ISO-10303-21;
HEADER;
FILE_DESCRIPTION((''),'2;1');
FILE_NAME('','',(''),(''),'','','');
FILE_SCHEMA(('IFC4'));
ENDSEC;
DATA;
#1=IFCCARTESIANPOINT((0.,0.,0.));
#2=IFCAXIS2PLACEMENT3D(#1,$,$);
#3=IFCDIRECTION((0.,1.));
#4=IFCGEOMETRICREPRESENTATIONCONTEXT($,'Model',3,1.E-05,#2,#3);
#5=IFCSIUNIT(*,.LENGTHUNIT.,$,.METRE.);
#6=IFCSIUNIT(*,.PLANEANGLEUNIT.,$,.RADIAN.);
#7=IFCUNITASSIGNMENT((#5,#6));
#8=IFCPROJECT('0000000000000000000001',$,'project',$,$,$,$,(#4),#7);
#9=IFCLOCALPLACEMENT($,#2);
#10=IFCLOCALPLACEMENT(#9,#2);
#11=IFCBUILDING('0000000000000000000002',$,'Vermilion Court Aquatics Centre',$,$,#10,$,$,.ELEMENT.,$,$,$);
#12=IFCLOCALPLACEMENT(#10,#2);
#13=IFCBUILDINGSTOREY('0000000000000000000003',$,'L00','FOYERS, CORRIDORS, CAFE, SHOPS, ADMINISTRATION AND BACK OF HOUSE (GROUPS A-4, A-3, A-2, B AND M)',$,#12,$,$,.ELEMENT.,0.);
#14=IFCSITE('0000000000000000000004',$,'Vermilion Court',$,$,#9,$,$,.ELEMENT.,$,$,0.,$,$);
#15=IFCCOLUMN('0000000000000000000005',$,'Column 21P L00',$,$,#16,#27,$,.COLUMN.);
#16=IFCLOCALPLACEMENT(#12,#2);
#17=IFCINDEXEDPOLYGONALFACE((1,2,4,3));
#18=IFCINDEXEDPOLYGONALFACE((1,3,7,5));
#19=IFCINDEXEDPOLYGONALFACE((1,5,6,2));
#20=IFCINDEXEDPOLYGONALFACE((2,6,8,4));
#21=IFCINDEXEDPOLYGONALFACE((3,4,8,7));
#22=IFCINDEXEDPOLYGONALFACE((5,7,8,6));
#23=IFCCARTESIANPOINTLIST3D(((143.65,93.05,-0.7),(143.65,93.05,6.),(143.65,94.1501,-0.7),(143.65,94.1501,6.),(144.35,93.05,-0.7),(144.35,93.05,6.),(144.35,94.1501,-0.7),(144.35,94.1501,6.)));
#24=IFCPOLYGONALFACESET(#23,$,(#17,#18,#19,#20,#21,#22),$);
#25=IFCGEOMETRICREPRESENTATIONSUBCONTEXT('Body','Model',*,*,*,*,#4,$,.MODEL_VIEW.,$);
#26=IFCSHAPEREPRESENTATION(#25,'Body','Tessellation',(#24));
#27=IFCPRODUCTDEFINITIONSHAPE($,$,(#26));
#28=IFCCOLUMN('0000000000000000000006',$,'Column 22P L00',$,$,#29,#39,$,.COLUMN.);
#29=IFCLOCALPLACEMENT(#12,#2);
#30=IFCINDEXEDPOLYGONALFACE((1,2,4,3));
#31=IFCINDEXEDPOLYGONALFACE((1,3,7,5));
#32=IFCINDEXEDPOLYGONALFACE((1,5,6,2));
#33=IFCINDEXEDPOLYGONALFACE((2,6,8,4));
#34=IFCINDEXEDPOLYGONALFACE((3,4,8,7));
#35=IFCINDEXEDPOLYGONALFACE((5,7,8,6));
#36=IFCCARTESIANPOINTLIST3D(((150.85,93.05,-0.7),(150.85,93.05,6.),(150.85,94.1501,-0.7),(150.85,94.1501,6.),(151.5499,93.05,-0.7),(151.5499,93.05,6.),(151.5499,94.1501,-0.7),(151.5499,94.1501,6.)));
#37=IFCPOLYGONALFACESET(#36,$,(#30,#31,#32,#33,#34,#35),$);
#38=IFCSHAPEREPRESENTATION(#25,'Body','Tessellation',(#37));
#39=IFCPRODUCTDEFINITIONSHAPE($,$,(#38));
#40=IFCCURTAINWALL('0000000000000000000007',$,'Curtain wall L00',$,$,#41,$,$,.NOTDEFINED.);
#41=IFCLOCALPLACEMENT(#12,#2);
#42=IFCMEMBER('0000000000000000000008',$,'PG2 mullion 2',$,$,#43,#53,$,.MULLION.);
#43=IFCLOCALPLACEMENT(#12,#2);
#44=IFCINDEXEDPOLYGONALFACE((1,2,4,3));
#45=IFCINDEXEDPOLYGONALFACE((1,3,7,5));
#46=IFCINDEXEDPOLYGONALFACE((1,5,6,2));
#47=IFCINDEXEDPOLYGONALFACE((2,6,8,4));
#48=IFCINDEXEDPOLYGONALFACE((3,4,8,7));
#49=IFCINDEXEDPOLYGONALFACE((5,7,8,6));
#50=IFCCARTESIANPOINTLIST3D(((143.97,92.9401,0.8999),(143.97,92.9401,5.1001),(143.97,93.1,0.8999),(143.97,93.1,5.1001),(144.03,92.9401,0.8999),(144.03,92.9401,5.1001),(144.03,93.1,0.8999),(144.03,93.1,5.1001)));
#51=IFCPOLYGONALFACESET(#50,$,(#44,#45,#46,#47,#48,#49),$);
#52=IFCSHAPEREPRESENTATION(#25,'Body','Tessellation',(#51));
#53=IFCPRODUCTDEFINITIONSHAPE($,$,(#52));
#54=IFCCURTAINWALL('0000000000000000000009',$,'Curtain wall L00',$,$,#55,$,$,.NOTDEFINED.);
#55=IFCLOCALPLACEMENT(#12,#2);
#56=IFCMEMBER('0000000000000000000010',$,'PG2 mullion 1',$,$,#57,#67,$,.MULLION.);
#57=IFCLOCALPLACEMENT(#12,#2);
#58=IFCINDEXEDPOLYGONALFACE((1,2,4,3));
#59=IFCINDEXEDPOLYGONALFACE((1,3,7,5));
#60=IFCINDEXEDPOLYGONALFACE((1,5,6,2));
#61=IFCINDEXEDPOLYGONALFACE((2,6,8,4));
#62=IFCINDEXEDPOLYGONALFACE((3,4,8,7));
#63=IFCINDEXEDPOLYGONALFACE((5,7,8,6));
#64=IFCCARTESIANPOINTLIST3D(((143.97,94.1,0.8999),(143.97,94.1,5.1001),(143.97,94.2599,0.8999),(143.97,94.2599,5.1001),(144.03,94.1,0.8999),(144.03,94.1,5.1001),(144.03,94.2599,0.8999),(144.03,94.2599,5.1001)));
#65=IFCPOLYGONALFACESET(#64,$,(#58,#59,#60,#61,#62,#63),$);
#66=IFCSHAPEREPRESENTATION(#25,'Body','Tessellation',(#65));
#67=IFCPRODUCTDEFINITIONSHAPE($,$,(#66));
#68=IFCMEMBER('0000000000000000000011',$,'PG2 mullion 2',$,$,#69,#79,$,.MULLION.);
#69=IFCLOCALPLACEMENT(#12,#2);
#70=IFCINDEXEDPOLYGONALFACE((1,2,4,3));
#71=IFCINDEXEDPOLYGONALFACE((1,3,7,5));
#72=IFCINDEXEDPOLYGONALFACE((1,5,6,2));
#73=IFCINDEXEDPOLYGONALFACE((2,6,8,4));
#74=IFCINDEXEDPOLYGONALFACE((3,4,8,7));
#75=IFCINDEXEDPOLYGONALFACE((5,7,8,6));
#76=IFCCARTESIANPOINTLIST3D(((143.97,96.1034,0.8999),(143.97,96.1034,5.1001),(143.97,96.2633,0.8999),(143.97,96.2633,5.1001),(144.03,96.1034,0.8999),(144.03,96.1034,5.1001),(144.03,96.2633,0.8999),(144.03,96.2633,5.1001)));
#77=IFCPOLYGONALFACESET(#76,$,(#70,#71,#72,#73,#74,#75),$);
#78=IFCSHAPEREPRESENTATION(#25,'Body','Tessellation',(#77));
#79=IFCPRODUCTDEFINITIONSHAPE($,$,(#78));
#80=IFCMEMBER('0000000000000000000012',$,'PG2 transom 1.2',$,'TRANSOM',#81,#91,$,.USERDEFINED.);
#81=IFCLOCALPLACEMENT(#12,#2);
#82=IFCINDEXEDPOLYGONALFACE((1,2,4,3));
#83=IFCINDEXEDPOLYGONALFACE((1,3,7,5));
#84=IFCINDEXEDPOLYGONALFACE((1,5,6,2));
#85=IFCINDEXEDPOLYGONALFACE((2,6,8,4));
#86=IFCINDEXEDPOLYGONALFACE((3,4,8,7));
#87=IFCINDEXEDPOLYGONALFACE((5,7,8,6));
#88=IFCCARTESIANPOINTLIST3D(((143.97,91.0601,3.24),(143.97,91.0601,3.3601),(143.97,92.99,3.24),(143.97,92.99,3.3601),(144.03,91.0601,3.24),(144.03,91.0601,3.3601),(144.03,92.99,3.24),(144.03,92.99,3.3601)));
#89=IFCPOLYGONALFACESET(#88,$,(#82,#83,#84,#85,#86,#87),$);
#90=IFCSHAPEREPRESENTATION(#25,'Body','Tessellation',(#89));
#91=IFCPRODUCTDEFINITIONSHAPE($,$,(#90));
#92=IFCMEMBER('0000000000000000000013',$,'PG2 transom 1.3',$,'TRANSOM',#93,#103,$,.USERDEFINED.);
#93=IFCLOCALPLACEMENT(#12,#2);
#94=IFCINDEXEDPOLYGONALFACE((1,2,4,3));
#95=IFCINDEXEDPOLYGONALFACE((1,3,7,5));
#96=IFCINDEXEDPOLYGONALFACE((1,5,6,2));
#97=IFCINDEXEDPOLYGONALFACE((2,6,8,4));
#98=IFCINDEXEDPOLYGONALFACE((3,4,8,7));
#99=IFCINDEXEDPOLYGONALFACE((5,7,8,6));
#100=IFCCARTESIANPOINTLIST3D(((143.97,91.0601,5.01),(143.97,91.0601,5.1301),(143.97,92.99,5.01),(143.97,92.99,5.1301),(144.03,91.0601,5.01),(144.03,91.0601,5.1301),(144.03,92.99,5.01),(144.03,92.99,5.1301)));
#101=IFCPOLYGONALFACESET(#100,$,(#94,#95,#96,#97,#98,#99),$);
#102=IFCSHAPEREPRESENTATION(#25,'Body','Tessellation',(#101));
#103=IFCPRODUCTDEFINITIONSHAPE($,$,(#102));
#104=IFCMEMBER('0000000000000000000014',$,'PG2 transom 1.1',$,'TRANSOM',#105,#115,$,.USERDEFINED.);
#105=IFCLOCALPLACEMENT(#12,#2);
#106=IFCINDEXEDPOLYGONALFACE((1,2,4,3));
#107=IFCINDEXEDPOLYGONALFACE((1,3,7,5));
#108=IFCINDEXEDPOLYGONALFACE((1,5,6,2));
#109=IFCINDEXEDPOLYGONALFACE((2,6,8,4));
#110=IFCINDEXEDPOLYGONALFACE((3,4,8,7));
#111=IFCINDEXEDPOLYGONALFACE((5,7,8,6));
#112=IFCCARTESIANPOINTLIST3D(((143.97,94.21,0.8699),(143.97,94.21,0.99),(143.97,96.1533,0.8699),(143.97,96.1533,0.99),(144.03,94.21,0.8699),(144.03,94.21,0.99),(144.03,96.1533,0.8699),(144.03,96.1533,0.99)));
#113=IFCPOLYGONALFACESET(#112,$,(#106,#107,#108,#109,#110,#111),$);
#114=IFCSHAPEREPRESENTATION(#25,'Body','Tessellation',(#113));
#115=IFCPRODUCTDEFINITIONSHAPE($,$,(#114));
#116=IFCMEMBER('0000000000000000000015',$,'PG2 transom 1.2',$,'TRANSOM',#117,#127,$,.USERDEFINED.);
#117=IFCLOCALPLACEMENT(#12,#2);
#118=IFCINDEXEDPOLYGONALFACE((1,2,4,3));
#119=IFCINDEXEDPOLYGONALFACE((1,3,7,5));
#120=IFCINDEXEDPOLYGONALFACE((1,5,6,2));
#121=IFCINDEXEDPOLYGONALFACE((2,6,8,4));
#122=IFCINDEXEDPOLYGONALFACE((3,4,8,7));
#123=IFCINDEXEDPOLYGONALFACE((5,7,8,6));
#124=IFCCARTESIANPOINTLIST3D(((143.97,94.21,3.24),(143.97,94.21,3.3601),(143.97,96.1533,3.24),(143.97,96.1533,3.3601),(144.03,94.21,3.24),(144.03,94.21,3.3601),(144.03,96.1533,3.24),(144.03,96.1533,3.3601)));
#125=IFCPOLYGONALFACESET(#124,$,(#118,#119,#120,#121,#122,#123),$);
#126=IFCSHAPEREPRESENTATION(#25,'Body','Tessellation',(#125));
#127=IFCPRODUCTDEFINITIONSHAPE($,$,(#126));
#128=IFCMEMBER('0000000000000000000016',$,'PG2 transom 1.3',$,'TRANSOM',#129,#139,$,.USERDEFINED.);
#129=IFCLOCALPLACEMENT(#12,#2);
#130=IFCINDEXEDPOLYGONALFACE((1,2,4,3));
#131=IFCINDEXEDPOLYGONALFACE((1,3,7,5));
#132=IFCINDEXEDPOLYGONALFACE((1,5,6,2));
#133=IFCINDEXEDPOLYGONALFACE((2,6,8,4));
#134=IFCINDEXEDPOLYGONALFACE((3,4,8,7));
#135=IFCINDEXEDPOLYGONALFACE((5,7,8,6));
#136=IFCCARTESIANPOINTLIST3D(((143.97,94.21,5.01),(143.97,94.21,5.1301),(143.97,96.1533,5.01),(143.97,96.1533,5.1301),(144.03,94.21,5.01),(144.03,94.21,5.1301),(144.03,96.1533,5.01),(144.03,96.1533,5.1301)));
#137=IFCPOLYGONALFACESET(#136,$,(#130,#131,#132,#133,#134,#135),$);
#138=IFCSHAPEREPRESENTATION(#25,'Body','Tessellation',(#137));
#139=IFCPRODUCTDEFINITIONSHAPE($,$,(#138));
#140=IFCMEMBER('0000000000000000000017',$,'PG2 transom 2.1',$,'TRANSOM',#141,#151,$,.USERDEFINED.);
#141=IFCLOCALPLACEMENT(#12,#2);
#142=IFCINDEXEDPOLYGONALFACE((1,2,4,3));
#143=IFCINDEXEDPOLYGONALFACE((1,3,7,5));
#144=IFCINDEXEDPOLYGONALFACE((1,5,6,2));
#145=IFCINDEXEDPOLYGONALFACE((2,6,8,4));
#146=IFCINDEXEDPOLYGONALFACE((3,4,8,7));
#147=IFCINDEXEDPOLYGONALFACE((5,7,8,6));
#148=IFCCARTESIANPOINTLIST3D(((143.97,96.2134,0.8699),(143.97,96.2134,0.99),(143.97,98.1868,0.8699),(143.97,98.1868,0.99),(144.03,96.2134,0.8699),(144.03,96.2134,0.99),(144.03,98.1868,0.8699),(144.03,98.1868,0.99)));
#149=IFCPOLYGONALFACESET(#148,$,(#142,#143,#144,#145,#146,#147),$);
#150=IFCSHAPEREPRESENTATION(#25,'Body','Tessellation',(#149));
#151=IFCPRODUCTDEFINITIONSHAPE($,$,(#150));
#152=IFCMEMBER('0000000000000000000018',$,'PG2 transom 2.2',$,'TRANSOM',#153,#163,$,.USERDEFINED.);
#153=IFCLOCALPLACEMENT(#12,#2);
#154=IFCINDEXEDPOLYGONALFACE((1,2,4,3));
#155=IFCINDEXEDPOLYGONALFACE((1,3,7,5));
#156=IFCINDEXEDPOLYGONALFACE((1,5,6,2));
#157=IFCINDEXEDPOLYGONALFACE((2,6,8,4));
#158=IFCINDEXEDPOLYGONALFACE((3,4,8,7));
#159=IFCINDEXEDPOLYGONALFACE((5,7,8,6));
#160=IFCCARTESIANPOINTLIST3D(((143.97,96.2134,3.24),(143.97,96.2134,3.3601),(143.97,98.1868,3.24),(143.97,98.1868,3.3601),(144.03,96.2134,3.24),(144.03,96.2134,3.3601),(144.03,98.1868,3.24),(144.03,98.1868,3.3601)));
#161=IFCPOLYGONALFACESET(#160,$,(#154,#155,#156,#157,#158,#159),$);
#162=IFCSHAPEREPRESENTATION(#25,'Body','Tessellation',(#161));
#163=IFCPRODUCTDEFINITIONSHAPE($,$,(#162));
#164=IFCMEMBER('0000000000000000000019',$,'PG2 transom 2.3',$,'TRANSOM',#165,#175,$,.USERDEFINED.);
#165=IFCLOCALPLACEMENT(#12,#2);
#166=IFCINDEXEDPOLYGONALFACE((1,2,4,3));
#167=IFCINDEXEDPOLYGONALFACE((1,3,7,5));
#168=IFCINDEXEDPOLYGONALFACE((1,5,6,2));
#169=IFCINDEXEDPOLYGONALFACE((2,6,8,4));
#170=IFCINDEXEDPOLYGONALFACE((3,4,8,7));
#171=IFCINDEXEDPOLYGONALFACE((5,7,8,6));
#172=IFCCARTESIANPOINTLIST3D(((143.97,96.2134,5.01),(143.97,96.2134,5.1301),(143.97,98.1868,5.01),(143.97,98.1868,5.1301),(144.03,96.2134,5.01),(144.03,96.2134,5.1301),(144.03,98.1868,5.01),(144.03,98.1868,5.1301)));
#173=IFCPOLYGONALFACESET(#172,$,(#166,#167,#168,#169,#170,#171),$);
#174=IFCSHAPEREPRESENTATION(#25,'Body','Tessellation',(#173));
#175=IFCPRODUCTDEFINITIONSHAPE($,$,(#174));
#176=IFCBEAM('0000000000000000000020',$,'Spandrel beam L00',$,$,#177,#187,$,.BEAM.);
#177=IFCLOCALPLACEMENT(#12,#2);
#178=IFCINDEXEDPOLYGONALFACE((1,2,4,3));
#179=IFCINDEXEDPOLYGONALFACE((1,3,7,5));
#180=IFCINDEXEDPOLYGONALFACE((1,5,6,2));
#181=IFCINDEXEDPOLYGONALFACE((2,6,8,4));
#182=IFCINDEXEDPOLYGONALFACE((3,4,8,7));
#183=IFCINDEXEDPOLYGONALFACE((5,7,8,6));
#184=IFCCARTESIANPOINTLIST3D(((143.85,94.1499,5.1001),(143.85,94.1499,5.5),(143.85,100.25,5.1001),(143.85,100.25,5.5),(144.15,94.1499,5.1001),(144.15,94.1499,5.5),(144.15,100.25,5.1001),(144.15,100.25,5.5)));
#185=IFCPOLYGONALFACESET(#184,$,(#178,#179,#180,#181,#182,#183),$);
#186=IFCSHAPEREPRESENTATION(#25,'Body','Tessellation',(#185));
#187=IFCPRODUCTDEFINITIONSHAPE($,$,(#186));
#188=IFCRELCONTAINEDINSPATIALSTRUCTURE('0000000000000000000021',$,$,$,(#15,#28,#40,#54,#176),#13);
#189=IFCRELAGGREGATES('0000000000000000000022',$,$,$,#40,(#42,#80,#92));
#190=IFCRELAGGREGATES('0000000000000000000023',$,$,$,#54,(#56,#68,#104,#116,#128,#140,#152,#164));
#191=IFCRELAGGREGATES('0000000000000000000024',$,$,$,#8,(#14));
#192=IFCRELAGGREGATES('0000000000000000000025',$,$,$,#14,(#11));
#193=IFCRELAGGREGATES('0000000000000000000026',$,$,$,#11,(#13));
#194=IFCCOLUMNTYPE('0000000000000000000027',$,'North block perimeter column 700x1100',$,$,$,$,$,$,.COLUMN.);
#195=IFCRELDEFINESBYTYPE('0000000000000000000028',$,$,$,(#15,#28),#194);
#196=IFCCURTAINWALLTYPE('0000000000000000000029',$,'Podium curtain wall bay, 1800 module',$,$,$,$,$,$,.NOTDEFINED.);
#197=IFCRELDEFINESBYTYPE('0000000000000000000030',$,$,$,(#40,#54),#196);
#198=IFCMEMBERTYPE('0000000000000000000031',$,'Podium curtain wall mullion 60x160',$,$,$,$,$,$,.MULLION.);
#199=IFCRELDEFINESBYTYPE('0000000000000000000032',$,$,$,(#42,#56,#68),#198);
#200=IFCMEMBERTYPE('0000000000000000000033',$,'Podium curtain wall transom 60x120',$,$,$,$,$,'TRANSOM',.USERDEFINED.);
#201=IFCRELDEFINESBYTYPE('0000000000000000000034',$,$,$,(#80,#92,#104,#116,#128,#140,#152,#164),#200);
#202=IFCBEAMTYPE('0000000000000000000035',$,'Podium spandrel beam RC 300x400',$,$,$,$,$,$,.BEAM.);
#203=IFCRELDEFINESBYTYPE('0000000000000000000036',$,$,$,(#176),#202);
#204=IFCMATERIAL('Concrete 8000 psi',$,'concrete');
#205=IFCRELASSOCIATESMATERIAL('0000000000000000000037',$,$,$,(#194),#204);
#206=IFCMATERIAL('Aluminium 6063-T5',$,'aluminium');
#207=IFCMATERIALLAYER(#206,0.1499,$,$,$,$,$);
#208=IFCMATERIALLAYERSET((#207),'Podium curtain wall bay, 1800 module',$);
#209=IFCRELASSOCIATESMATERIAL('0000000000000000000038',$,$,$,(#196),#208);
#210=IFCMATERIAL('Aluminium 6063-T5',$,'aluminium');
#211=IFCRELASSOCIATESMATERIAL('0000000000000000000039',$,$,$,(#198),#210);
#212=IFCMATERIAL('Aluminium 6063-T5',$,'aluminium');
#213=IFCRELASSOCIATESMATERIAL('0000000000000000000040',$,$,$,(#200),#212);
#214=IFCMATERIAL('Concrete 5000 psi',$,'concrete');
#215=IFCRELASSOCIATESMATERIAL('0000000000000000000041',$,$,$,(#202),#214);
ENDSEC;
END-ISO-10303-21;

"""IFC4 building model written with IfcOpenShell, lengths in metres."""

from ifc_helpers import new_model, si_unit, direction, frame, origin, origin_2d, place, context, subcontext, project, spatial, rectangle, extrude, material, layer, layer_set, material_profile, profile_set, type_object, element, aggregate, save


model = new_model("IFC4")

# Units and contexts
model_context = context("Model", 3, precision=1e-05, world=origin(), true_north=direction((0.0, 1.0)))
body_context = subcontext(model_context, "Body", "Model", "MODEL_VIEW")
ifc_project = project(units=[si_unit("LENGTHUNIT", "METRE"), si_unit("PLANEANGLEUNIT", "RADIAN")], contexts=[model_context])

# Site, building, storey
site_placement = place(None, origin())
site = spatial("IfcSite", under=ifc_project, at=site_placement, Name="Vermilion Court", CompositionType="ELEMENT", RefElevation=0.0)
building_placement = place(site_placement, origin())
building = spatial("IfcBuilding", under=site, at=building_placement, Name="Vermilion Court Aquatics Centre", CompositionType="ELEMENT")
storey_placement = place(building_placement, origin())
storey = spatial("IfcBuildingStorey", under=building, at=storey_placement, Name="L00", Description="FOYERS, CORRIDORS, CAFE, SHOPS, ADMINISTRATION AND BACK OF HOUSE (GROUPS A-4, A-3, A-2, B AND M)", CompositionType="ELEMENT", Elevation=0.0)

# Columns
ifc_material_1 = material(Name="Concrete 8000 psi", Category="concrete")
ifc_material_profile_1 = material_profile(ifc_material_1, rectangle(XDim=0.7, YDim=1.1001, at=origin_2d()), Name="RC 700x1100")
ifc_profile_set_1 = profile_set([ifc_material_profile_1], Name="Concrete 8000 psi")
column_type = type_object("IfcColumnType", Name="North block perimeter column 700x1100", PredefinedType="COLUMN", material=ifc_profile_set_1)
for number, where, z_axis, x_axis, name in (
    (1, (144.0, 93.6001, -0.7), (0.0, 0.0, 1.0), (1.0, 0.0, 0.0), "Column 21P L00"),
    (2, (151.2, 93.6001, -0.7), (0.0, 0.0, 1.0), (1.0, 0.0, 0.0), "Column 22P L00"),
):
    element("IfcColumn", number, at=place(storey_placement, frame(where, z_axis=z_axis, x_axis=x_axis)), inside=storey, type_object=column_type, Name=name, PredefinedType="COLUMN", context=body_context, shape_type="SweptSolid", body=[
        extrude(rectangle(XDim=0.7, YDim=1.1001, at=origin_2d()), origin(), (0.0, 0.0, 1.0), 6.7),
    ])

# Curtain wall, member
ifc_material_2 = material(Name="Aluminium 6063-T5", Category="aluminium")
ifc_layer_1 = layer(ifc_material_2, 0.1499)
ifc_layer_set_1 = layer_set([ifc_layer_1], Name="Podium curtain wall bay, 1800 module")
curtain_wall_type = type_object("IfcCurtainWallType", Name="Podium curtain wall bay, 1800 module", PredefinedType="NOTDEFINED", material=ifc_layer_set_1)
curtain_wall_1_placement = place(storey_placement, origin())
curtain_wall_1 = element("IfcCurtainWall", 3, at=curtain_wall_1_placement, inside=storey, type_object=curtain_wall_type, Name="Curtain wall L00", PredefinedType="NOTDEFINED")
ifc_material_3 = material(Name="Aluminium 6063-T5", Category="aluminium")
ifc_material_profile_2 = material_profile(ifc_material_3, rectangle(XDim=0.0601, YDim=0.1599, at=origin_2d()), Name="Mullion 60x160")
ifc_profile_set_2 = profile_set([ifc_material_profile_2], Name="Aluminium 6063-T5")
member_type_1 = type_object("IfcMemberType", Name="Podium curtain wall mullion 60x160", PredefinedType="MULLION", material=ifc_profile_set_2)
member_1_placement = place(storey_placement, frame((144.0, 93.02, 0.8999), z_axis=(0.0, 0.0, 1.0), x_axis=(-1.0, 0.0, 0.0)))
member_1 = element("IfcMember", 4, at=member_1_placement, type_object=member_type_1, Name="PG2 mullion 2", PredefinedType="MULLION", context=body_context, shape_type="SweptSolid", body=[
    extrude(rectangle(XDim=0.0601, YDim=0.1599, at=origin_2d()), origin(), (0.0, 0.0, 1.0), 4.2002),
])

# Curtain wall, members
curtain_wall_2_placement = place(storey_placement, origin())
curtain_wall_2 = element("IfcCurtainWall", 5, at=curtain_wall_2_placement, inside=storey, type_object=curtain_wall_type, Name="Curtain wall L00", PredefinedType="NOTDEFINED")
member_2_placement = place(storey_placement, frame((144.0, 94.1799, 0.8999), z_axis=(0.0, 0.0, 1.0), x_axis=(-1.0, 0.0, 0.0)))
member_2 = element("IfcMember", 6, at=member_2_placement, type_object=member_type_1, Name="PG2 mullion 1", PredefinedType="MULLION", context=body_context, shape_type="SweptSolid", body=[
    extrude(rectangle(XDim=0.0601, YDim=0.1599, at=origin_2d()), origin(), (0.0, 0.0, 1.0), 4.2002),
])
member_3_placement = place(storey_placement, frame((144.0, 96.1833, 0.8999), z_axis=(0.0, 0.0, 1.0), x_axis=(-1.0, 0.0, 0.0)))
member_3 = element("IfcMember", 7, at=member_3_placement, type_object=member_type_1, Name="PG2 mullion 2", PredefinedType="MULLION", context=body_context, shape_type="SweptSolid", body=[
    extrude(rectangle(XDim=0.0601, YDim=0.1599, at=origin_2d()), origin(), (0.0, 0.0, 1.0), 4.2002),
])

# Members
ifc_material_4 = material(Name="Aluminium 6063-T5", Category="aluminium")
ifc_material_profile_3 = material_profile(ifc_material_4, rectangle(XDim=0.0601, YDim=0.1201, at=origin_2d()), Name="Transom 60x120")
ifc_profile_set_3 = profile_set([ifc_material_profile_3], Name="Aluminium 6063-T5")
member_type_2 = type_object("IfcMemberType", Name="Podium curtain wall transom 60x120", ElementType="TRANSOM", PredefinedType="USERDEFINED", material=ifc_profile_set_3)
member_4_placement = place(storey_placement, frame((144.0, 91.0601, 3.3), z_axis=(0.0, 1.0, 0.0), x_axis=(-1.0, 0.0, 0.0)))
member_4 = element("IfcMember", 8, at=member_4_placement, type_object=member_type_2, Name="PG2 transom 1.2", ObjectType="TRANSOM", PredefinedType="USERDEFINED", context=body_context, shape_type="SweptSolid", body=[
    extrude(rectangle(XDim=0.0601, YDim=0.1201, at=origin_2d()), origin(), (0.0, 0.0, 1.0), 1.9299),
])
member_5_placement = place(storey_placement, frame((144.0, 91.0601, 5.0701), z_axis=(0.0, 1.0, 0.0), x_axis=(-1.0, 0.0, 0.0)))
member_5 = element("IfcMember", 9, at=member_5_placement, type_object=member_type_2, Name="PG2 transom 1.3", ObjectType="TRANSOM", PredefinedType="USERDEFINED", context=body_context, shape_type="SweptSolid", body=[
    extrude(rectangle(XDim=0.0601, YDim=0.1201, at=origin_2d()), origin(), (0.0, 0.0, 1.0), 1.9299),
])
member_6_placement = place(storey_placement, frame((144.0, 94.21, 0.9299), z_axis=(0.0, 1.0, 0.0), x_axis=(-1.0, 0.0, 0.0)))
member_6 = element("IfcMember", 10, at=member_6_placement, type_object=member_type_2, Name="PG2 transom 1.1", ObjectType="TRANSOM", PredefinedType="USERDEFINED", context=body_context, shape_type="SweptSolid", body=[
    extrude(rectangle(XDim=0.0601, YDim=0.1201, at=origin_2d()), origin(), (0.0, 0.0, 1.0), 1.9434),
])
member_7_placement = place(storey_placement, frame((144.0, 94.21, 3.3), z_axis=(0.0, 1.0, 0.0), x_axis=(-1.0, 0.0, 0.0)))
member_7 = element("IfcMember", 11, at=member_7_placement, type_object=member_type_2, Name="PG2 transom 1.2", ObjectType="TRANSOM", PredefinedType="USERDEFINED", context=body_context, shape_type="SweptSolid", body=[
    extrude(rectangle(XDim=0.0601, YDim=0.1201, at=origin_2d()), origin(), (0.0, 0.0, 1.0), 1.9434),
])
member_8_placement = place(storey_placement, frame((144.0, 94.21, 5.0701), z_axis=(0.0, 1.0, 0.0), x_axis=(-1.0, 0.0, 0.0)))
member_8 = element("IfcMember", 12, at=member_8_placement, type_object=member_type_2, Name="PG2 transom 1.3", ObjectType="TRANSOM", PredefinedType="USERDEFINED", context=body_context, shape_type="SweptSolid", body=[
    extrude(rectangle(XDim=0.0601, YDim=0.1201, at=origin_2d()), origin(), (0.0, 0.0, 1.0), 1.9434),
])
member_9_placement = place(storey_placement, frame((144.0, 96.2134, 0.9299), z_axis=(0.0, 1.0, 0.0), x_axis=(-1.0, 0.0, 0.0)))
member_9 = element("IfcMember", 13, at=member_9_placement, type_object=member_type_2, Name="PG2 transom 2.1", ObjectType="TRANSOM", PredefinedType="USERDEFINED", context=body_context, shape_type="SweptSolid", body=[
    extrude(rectangle(XDim=0.0601, YDim=0.1201, at=origin_2d()), origin(), (0.0, 0.0, 1.0), 1.9734),
])
member_10_placement = place(storey_placement, frame((144.0, 96.2134, 3.3), z_axis=(0.0, 1.0, 0.0), x_axis=(-1.0, 0.0, 0.0)))
member_10 = element("IfcMember", 14, at=member_10_placement, type_object=member_type_2, Name="PG2 transom 2.2", ObjectType="TRANSOM", PredefinedType="USERDEFINED", context=body_context, shape_type="SweptSolid", body=[
    extrude(rectangle(XDim=0.0601, YDim=0.1201, at=origin_2d()), origin(), (0.0, 0.0, 1.0), 1.9734),
])
member_11_placement = place(storey_placement, frame((144.0, 96.2134, 5.0701), z_axis=(0.0, 1.0, 0.0), x_axis=(-1.0, 0.0, 0.0)))
member_11 = element("IfcMember", 15, at=member_11_placement, type_object=member_type_2, Name="PG2 transom 2.3", ObjectType="TRANSOM", PredefinedType="USERDEFINED", context=body_context, shape_type="SweptSolid", body=[
    extrude(rectangle(XDim=0.0601, YDim=0.1201, at=origin_2d()), origin(), (0.0, 0.0, 1.0), 1.9734),
])

# Beam
ifc_material_5 = material(Name="Concrete 5000 psi", Category="concrete")
ifc_material_profile_4 = material_profile(ifc_material_5, rectangle(XDim=0.3, YDim=0.3999, at=origin_2d()), Name="RC 300x400")
ifc_profile_set_4 = profile_set([ifc_material_profile_4], Name="Concrete 5000 psi")
beam_type = type_object("IfcBeamType", Name="Podium spandrel beam RC 300x400", PredefinedType="BEAM", material=ifc_profile_set_4)
beam_placement = place(storey_placement, frame((144.0, 94.1499, 5.3), z_axis=(0.0, 1.0, 0.0), x_axis=(-1.0, 0.0, 0.0)))
element("IfcBeam", 16, at=beam_placement, inside=storey, type_object=beam_type, Name="Spandrel beam L00", PredefinedType="BEAM", context=body_context, shape_type="SweptSolid", body=[
    extrude(rectangle(XDim=0.3, YDim=0.3999, at=origin_2d()), origin(), (0.0, 0.0, 1.0), 6.1001),
])

aggregate(curtain_wall_1, [member_1, member_4, member_5])
aggregate(curtain_wall_2, [member_2, member_3, member_6, member_7, member_8, member_9, member_10, member_11])

save(model, "model.ifc")
